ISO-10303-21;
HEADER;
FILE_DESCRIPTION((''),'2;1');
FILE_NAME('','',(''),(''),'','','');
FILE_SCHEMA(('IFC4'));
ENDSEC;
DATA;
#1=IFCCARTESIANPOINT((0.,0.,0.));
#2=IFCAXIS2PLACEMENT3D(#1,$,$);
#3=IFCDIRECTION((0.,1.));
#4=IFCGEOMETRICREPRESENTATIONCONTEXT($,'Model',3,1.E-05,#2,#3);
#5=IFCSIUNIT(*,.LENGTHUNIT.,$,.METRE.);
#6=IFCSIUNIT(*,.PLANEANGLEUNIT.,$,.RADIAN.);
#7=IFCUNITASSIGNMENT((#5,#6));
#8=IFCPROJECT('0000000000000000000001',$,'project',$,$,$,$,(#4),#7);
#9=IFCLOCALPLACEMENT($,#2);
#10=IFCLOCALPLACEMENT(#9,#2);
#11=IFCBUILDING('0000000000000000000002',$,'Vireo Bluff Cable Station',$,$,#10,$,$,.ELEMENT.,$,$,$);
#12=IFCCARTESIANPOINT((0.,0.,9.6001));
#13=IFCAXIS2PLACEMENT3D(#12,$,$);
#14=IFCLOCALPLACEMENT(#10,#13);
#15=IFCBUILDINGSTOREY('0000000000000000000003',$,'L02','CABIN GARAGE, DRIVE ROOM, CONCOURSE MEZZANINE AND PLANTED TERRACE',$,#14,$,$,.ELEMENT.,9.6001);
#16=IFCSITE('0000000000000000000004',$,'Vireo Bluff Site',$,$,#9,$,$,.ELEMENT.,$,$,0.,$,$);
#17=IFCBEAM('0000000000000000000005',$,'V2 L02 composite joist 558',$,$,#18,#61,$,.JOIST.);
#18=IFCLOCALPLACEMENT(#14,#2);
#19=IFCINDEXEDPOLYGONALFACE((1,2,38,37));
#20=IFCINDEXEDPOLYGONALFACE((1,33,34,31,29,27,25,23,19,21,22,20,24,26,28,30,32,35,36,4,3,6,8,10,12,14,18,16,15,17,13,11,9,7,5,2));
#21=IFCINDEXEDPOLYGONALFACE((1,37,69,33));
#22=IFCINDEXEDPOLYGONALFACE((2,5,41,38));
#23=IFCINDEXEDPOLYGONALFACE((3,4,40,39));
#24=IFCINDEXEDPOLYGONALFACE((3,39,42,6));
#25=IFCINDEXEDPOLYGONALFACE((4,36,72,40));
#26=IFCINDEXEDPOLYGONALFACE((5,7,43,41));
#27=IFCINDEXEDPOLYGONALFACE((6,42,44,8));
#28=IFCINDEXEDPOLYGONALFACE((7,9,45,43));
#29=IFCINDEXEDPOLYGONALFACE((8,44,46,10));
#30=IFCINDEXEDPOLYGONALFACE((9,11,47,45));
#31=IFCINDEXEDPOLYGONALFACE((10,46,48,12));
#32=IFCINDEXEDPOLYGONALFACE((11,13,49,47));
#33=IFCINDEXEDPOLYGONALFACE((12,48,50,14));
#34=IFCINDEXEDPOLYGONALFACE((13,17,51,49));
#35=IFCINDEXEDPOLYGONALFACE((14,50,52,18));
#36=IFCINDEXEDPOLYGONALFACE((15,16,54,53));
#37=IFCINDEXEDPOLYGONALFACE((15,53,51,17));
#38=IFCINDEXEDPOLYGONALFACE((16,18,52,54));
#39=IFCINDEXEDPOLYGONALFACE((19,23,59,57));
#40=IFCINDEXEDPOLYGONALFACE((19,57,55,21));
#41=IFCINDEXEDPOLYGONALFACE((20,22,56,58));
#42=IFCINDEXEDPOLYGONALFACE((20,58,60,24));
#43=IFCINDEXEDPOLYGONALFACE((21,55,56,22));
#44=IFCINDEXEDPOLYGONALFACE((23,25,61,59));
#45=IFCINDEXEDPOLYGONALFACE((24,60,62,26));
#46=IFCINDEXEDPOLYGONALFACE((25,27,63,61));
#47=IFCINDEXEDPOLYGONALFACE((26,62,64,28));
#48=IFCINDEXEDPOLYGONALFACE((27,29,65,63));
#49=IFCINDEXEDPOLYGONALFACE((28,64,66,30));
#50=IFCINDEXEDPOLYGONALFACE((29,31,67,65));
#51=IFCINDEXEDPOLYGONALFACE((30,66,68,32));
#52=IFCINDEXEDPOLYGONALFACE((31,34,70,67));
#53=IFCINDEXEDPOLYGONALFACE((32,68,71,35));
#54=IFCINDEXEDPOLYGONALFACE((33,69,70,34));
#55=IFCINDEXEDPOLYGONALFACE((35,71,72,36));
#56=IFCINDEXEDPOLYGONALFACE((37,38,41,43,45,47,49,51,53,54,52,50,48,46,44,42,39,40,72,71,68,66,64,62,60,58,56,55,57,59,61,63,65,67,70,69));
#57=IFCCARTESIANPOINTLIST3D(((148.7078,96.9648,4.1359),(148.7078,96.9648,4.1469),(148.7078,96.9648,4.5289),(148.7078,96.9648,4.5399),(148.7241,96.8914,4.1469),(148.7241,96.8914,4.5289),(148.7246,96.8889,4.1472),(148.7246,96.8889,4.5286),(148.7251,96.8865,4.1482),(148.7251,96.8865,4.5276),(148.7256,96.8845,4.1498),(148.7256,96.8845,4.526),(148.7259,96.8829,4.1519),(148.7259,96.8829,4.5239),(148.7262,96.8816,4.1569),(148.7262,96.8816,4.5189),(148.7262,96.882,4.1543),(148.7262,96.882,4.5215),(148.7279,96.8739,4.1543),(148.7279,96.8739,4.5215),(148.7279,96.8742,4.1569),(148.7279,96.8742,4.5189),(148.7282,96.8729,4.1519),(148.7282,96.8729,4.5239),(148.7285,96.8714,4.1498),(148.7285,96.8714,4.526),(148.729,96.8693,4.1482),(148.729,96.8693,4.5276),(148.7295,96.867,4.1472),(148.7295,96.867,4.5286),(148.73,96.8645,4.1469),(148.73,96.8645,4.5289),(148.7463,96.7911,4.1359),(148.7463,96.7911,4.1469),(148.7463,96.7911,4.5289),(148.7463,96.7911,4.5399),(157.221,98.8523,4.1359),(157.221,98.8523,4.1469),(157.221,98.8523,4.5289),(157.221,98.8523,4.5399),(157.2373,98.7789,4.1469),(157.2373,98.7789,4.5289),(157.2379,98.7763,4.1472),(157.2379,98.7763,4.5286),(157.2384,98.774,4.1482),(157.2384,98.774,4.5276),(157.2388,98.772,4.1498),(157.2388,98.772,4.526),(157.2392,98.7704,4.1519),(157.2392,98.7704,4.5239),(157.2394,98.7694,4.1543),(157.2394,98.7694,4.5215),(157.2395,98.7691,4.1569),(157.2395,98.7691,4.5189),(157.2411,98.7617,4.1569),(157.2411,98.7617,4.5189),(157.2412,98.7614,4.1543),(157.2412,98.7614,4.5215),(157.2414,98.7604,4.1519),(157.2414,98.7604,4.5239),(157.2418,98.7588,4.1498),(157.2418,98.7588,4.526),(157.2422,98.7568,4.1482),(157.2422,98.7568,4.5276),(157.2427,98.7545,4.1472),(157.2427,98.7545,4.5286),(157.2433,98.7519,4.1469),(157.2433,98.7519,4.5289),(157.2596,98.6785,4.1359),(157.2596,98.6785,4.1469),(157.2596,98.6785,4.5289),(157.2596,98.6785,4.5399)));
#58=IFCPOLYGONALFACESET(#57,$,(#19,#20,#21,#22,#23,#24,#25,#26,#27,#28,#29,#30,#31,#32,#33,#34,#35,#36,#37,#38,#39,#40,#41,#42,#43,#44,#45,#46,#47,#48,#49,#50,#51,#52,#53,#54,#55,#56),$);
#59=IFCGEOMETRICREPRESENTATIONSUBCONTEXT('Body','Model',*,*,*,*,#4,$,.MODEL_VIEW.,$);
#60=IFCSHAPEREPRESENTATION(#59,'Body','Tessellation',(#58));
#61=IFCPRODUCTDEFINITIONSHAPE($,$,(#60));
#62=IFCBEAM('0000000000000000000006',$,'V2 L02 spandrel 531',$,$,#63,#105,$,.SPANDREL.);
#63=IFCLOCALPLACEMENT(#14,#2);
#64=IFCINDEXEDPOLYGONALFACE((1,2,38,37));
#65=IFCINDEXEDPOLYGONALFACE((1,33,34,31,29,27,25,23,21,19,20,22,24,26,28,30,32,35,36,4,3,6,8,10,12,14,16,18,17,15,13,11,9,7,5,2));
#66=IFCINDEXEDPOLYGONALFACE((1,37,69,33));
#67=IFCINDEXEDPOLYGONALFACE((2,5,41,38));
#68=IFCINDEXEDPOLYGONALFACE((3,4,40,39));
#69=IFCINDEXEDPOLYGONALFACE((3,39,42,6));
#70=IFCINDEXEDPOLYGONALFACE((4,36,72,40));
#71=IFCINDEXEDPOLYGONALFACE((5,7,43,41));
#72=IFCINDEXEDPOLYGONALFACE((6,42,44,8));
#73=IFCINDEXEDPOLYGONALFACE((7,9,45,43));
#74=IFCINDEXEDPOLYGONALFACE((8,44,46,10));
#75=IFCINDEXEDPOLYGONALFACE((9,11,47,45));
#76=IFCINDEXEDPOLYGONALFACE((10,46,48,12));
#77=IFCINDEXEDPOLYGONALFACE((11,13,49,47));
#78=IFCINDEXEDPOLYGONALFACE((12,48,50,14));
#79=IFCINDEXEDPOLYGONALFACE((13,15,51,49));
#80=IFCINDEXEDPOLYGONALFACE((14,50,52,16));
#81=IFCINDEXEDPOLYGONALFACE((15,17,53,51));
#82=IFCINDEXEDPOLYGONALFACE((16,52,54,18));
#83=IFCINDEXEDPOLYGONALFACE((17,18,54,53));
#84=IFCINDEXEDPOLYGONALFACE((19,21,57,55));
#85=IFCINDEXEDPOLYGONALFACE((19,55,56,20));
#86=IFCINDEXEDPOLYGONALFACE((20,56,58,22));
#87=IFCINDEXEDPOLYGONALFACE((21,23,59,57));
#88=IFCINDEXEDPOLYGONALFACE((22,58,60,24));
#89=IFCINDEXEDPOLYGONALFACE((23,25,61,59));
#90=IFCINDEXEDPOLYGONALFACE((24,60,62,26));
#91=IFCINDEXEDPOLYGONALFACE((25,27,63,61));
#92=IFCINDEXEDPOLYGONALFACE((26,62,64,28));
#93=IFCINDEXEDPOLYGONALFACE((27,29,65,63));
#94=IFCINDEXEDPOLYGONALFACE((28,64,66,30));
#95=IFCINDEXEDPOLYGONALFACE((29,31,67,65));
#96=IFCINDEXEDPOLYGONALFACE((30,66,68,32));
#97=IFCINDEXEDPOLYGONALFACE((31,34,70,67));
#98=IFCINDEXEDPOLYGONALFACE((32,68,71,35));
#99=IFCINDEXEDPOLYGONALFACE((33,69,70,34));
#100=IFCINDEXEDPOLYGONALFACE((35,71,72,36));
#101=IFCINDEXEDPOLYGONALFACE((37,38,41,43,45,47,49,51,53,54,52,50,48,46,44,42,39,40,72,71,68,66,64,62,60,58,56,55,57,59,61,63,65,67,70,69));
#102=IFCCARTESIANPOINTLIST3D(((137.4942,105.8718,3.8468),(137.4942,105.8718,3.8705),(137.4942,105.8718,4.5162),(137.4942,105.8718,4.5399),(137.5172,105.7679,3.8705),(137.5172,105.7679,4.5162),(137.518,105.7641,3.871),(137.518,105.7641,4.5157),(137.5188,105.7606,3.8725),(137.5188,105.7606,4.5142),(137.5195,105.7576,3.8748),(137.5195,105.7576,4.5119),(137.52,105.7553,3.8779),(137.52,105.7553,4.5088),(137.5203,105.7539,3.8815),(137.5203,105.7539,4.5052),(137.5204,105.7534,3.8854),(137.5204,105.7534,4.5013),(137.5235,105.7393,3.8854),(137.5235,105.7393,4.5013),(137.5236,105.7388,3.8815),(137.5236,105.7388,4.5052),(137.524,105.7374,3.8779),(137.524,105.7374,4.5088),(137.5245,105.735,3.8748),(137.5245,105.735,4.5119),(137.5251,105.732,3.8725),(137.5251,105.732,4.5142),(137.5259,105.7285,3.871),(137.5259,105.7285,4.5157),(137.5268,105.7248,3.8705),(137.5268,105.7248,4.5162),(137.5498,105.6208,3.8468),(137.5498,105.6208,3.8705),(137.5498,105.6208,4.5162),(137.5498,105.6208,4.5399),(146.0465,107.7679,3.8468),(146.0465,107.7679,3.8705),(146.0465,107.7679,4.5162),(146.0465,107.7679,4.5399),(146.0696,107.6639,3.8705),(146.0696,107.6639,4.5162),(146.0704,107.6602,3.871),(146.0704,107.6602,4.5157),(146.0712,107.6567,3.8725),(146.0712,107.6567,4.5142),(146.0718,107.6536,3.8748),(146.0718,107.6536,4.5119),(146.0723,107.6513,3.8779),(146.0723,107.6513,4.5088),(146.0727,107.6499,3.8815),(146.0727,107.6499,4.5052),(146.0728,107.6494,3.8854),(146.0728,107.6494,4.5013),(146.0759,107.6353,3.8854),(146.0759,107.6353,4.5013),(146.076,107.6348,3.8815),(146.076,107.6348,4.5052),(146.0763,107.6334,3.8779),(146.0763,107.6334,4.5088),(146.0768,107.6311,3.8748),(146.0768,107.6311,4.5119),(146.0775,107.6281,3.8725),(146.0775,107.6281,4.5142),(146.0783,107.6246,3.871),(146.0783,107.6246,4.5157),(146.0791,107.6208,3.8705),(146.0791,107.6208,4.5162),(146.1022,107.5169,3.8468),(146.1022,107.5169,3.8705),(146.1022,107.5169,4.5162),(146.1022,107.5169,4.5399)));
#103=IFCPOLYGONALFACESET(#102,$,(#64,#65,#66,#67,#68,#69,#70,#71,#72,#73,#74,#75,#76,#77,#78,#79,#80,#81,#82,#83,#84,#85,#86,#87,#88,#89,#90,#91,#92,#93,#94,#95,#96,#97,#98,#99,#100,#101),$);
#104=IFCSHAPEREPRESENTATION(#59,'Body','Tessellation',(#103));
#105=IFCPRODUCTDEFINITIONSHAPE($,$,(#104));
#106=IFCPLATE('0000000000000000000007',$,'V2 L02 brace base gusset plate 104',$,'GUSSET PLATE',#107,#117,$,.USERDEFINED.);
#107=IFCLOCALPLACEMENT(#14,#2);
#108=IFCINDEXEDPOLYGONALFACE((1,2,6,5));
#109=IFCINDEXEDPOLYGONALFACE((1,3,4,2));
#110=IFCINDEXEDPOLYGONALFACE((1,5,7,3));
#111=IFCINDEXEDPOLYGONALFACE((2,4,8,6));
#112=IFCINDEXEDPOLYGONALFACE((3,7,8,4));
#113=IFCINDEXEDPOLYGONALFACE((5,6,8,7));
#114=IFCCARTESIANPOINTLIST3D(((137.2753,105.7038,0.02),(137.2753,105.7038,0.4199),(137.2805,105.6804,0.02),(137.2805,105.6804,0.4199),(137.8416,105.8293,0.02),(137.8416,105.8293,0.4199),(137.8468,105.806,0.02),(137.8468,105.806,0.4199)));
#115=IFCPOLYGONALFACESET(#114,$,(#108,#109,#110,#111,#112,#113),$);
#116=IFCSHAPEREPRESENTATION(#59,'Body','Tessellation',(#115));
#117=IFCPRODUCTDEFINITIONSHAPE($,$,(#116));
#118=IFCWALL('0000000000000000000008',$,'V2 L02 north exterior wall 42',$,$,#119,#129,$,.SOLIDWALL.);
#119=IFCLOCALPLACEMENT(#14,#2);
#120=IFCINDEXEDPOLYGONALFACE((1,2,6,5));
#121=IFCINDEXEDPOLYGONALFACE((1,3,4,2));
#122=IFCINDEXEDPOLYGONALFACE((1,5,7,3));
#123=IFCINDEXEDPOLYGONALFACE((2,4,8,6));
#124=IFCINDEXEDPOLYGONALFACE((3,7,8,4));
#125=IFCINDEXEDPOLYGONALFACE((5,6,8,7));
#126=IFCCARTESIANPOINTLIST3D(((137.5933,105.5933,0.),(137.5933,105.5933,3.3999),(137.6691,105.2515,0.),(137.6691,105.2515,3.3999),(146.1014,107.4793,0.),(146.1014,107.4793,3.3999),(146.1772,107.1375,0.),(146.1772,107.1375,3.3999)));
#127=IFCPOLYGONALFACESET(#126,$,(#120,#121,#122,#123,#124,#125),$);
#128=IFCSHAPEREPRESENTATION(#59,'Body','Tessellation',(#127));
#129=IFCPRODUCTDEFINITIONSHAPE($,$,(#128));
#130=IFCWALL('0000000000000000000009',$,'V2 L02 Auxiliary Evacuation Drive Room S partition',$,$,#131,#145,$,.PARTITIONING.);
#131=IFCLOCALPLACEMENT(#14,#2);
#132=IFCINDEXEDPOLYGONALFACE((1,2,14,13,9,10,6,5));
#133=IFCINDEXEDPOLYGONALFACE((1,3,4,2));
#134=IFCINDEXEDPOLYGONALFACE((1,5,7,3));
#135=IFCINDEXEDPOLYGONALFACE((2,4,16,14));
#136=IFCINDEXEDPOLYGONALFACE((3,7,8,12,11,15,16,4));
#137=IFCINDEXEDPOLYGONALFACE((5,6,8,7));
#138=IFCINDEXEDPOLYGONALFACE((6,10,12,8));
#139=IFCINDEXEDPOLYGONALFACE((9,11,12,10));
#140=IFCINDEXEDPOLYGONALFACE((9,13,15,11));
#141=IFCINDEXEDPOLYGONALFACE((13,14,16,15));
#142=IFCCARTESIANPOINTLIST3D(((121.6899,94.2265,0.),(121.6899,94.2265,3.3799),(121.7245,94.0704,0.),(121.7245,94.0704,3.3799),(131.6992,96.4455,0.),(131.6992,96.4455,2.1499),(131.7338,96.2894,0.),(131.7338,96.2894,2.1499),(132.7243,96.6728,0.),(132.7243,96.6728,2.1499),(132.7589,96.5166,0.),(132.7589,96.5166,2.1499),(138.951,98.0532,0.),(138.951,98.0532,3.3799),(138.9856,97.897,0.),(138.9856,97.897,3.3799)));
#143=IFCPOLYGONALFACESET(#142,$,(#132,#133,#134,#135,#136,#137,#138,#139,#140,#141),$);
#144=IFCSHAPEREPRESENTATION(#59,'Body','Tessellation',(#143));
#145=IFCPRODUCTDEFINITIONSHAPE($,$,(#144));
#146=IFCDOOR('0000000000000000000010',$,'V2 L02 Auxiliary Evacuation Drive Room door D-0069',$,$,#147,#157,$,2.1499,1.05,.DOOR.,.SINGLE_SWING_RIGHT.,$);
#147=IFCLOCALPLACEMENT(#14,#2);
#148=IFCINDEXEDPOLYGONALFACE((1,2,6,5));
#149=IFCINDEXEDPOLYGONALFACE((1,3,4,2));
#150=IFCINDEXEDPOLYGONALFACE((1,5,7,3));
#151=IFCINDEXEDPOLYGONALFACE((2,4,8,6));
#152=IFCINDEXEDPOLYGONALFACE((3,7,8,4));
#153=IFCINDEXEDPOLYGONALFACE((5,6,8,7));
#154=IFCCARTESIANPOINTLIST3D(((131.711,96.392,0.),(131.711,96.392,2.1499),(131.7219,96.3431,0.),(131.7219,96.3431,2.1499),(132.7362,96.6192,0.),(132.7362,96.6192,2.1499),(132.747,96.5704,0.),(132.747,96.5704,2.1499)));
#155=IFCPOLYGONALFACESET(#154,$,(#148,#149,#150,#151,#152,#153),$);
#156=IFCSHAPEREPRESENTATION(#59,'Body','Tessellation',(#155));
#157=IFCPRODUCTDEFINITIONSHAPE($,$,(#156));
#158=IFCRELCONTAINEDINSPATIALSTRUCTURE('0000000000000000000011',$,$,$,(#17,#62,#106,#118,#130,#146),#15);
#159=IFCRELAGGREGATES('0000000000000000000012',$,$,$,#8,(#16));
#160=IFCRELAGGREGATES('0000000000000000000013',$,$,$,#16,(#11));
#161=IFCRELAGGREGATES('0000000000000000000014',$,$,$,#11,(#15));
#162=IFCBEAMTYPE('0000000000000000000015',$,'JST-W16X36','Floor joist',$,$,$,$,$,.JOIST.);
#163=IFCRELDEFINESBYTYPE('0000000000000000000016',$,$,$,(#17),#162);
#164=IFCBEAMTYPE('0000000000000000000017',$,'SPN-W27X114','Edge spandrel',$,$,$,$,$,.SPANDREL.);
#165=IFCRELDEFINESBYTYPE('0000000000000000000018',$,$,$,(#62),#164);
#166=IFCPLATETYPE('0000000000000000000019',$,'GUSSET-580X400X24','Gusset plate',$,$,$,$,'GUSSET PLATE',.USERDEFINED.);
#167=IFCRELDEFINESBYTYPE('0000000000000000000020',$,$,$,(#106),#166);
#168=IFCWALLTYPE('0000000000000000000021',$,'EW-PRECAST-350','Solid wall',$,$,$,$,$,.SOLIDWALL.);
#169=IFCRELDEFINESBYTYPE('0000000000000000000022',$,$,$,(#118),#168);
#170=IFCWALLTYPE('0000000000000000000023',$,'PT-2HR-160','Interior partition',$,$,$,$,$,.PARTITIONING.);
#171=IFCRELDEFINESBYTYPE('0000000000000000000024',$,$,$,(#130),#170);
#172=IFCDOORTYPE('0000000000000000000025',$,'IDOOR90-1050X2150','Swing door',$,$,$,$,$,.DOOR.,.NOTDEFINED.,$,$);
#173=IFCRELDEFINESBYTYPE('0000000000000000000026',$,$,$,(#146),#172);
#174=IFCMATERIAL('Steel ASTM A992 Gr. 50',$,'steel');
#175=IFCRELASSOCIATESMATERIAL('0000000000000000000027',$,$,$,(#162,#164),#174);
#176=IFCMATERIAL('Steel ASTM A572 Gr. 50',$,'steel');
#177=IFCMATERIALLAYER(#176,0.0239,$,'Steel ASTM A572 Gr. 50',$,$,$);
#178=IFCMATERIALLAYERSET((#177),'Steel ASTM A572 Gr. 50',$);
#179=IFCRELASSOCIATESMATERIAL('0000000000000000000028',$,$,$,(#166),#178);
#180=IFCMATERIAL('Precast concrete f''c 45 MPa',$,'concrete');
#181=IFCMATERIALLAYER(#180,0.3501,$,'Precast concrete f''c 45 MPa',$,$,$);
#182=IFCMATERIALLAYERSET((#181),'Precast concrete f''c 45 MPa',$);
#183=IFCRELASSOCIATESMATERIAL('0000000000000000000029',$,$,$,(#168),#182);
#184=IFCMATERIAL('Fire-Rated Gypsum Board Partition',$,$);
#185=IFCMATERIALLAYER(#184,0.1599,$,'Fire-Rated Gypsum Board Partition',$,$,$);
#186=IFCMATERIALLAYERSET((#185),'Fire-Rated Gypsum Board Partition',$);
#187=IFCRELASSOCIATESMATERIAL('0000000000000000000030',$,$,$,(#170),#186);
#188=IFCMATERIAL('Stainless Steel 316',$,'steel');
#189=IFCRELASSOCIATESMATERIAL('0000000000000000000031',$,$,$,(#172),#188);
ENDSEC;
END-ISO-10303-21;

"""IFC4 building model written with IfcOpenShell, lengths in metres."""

from ifc_helpers import new_model, si_unit, direction, frame, frame_2d, origin, origin_with_axes, origin_2d, place, context, subcontext, project, spatial, rectangle, i_section, extrude, material, layer, layer_set, material_profile, profile_set, type_object, element, fill, save


model = new_model("IFC4")

# Units and contexts
model_context = context("Model", 3, precision=1e-05, world=origin(), true_north=direction((0.0, 1.0)))
body_context = subcontext(model_context, "Body", "Model", "MODEL_VIEW")
ifc_project = project(units=[si_unit("LENGTHUNIT", "METRE"), si_unit("PLANEANGLEUNIT", "RADIAN")], contexts=[model_context])

# Site, building, storey
site_placement = place(None, origin())
site = spatial("IfcSite", under=ifc_project, at=site_placement, Name="Vireo Bluff Site", CompositionType="ELEMENT", RefElevation=0.0)
building_placement = place(site_placement, origin())
building = spatial("IfcBuilding", under=site, at=building_placement, Name="Vireo Bluff Cable Station", CompositionType="ELEMENT")
storey_placement = place(building_placement, frame((0.0, 0.0, 9.6001)))
storey = spatial("IfcBuildingStorey", under=building, at=storey_placement, Name="L02", Description="CABIN GARAGE, DRIVE ROOM, CONCOURSE MEZZANINE AND PLANTED TERRACE", CompositionType="ELEMENT", Elevation=9.6001)

# Shared definitions
ifc_material_1 = material(Name="Steel ASTM A992 Gr. 50", Category="steel")

# Beams
ifc_material_profile_1 = material_profile(ifc_material_1, i_section(OverallWidth=0.178, OverallDepth=0.4041, WebThickness=0.0076, FlangeThickness=0.011, FilletRadius=0.01, at=origin_2d()), Name="W16X36")
ifc_profile_set_1 = profile_set([ifc_material_profile_1], Name="Steel ASTM A992 Gr. 50")
beam_type_1 = type_object("IfcBeamType", Name="JST-W16X36", Description="Floor joist", PredefinedType="JOIST", material=ifc_profile_set_1)
beam_1_placement = place(storey_placement, frame((148.7271, 96.8779, 4.3379), z_axis=(0.976293, 0.216453, 0.0), x_axis=(-0.216453, 0.976293, 0.0)))
element("IfcBeam", 1, at=beam_1_placement, inside=storey, type_object=beam_type_1, Name="V2 L02 composite joist 558", PredefinedType="JOIST", context=body_context, shape_type="SweptSolid", body=[
    extrude(i_section(OverallWidth=0.178, OverallDepth=0.4041, WebThickness=0.0076, FlangeThickness=0.011, FilletRadius=0.01, at=origin_2d()), origin(), (0.0, 0.0, 1.0), 8.72),
])
ifc_material_profile_2 = material_profile(ifc_material_1, i_section(OverallWidth=0.2571, OverallDepth=0.6931, WebThickness=0.0144, FlangeThickness=0.0237, FilletRadius=0.0149, at=origin_2d()), Name="W27X114")
ifc_profile_set_2 = profile_set([ifc_material_profile_2], Name="Steel ASTM A992 Gr. 50")
beam_type_2 = type_object("IfcBeamType", Name="SPN-W27X114", Description="Edge spandrel", PredefinedType="SPANDREL", material=ifc_profile_set_2)
beam_2_placement = place(storey_placement, frame((137.522, 105.7463, 4.1934), z_axis=(0.976296, 0.216441, 0.0), x_axis=(-0.216441, 0.976296, 0.0)))
element("IfcBeam", 2, at=beam_2_placement, inside=storey, type_object=beam_type_2, Name="V2 L02 spandrel 531", PredefinedType="SPANDREL", context=body_context, shape_type="SweptSolid", body=[
    extrude(i_section(OverallWidth=0.2571, OverallDepth=0.6931, WebThickness=0.0144, FlangeThickness=0.0237, FilletRadius=0.0149, at=origin_2d()), origin(), (0.0, 0.0, 1.0), 8.76),
])

# Plate
ifc_material_2 = material(Name="Steel ASTM A572 Gr. 50", Category="steel")
ifc_layer_1 = layer(ifc_material_2, 0.0239, Name="Steel ASTM A572 Gr. 50")
ifc_layer_set_1 = layer_set([ifc_layer_1], Name="Steel ASTM A572 Gr. 50")
plate_type = type_object("IfcPlateType", Name="GUSSET-580X400X24", Description="Gusset plate", ElementType="GUSSET PLATE", PredefinedType="USERDEFINED", material=ifc_layer_set_1)
plate_placement = place(storey_placement, frame((137.561, 105.7549, 0.02), z_axis=(0.0, 0.0, 1.0), x_axis=(0.976296, 0.21644, 0.0)))
element("IfcPlate", 3, at=plate_placement, inside=storey, type_object=plate_type, Name="V2 L02 brace base gusset plate 104", ObjectType="GUSSET PLATE", PredefinedType="USERDEFINED", context=body_context, shape_type="SweptSolid", body=[
    extrude(rectangle(XDim=0.5801, YDim=0.0239, at=origin_2d()), origin(), (0.0, 0.0, 1.0), 0.3999),
])

# Wall
ifc_material_3 = material(Name="Precast concrete f'c 45 MPa", Category="concrete")
ifc_layer_2 = layer(ifc_material_3, 0.3501, Name="Precast concrete f'c 45 MPa")
ifc_layer_set_2 = layer_set([ifc_layer_2], Name="Precast concrete f'c 45 MPa")
wall_type_1 = type_object("IfcWallType", Name="EW-PRECAST-350", Description="Solid wall", PredefinedType="SOLIDWALL", material=ifc_layer_set_2)
wall_1_placement = place(storey_placement, frame((137.6311, 105.4224, 0.0), z_axis=(0.0, 0.0, 1.0), x_axis=(0.976301, 0.216417, 0.0)))
element("IfcWall", 4, at=wall_1_placement, inside=storey, type_object=wall_type_1, Name="V2 L02 north exterior wall 42", PredefinedType="SOLIDWALL", context=body_context, shape_type="SweptSolid", body=[
    extrude(rectangle(XDim=8.7146, YDim=0.3501, at=frame_2d((4.3574, 0.0))), origin(), (0.0, 0.0, 1.0), 3.3999),
])

# Wall, opening, door
ifc_material_4 = material(Name="Fire-Rated Gypsum Board Partition")
ifc_layer_3 = layer(ifc_material_4, 0.1599, Name="Fire-Rated Gypsum Board Partition")
ifc_layer_set_3 = layer_set([ifc_layer_3], Name="Fire-Rated Gypsum Board Partition")
wall_type_2 = type_object("IfcWallType", Name="PT-2HR-160", Description="Interior partition", PredefinedType="PARTITIONING", material=ifc_layer_set_3)
wall_2_placement = place(storey_placement, frame((138.9683, 97.9751, 0.0), z_axis=(0.0, 0.0, 1.0), x_axis=(-0.976296, -0.216439, 0.0)))
wall_2 = element("IfcWall", 5, at=wall_2_placement, inside=storey, type_object=wall_type_2, Name="V2 L02 Auxiliary Evacuation Drive Room S partition", PredefinedType="PARTITIONING", context=body_context, shape_type="SweptSolid", body=[
    extrude(rectangle(XDim=17.6802, YDim=0.1599, at=frame_2d((8.8401, 0.0))), origin(), (0.0, 0.0, 1.0), 3.3799),
])
opening_1_placement = place(wall_2_placement, frame((6.3779, 0.0, 0.0)))
opening_1 = element("IfcOpeningElement", 6, at=opening_1_placement, cuts=wall_2, PredefinedType="OPENING", context=body_context, shape_type="SweptSolid", body=[
    extrude(rectangle(XDim=1.05, YDim=2.1499, at=frame_2d((0.5249, 1.075))), frame((0.0, 0.0898, 0.0), z_axis=(0.0, -1.0, 0.0), x_axis=(1.0, 0.0, 0.0)), (0.0, 0.0, 1.0), 0.1799),
])
ifc_material_5 = material(Name="Stainless Steel 316", Category="steel")
door_type_1 = type_object("IfcDoorType", Name="IDOOR90-1050X2150", Description="Swing door", OperationType="NOTDEFINED", PredefinedType="DOOR", material=ifc_material_5)
door_1_placement = place(opening_1_placement, origin_with_axes())
door_1 = element("IfcDoor", 7, at=door_1_placement, inside=storey, type_object=door_type_1, Name="V2 L02 Auxiliary Evacuation Drive Room door D-0069", OperationType="SINGLE_SWING_RIGHT", OverallHeight=2.1499, OverallWidth=1.05, PredefinedType="DOOR", context=body_context, shape_type="SweptSolid", body=[
    extrude(rectangle(XDim=1.05, YDim=2.1499, at=frame_2d((0.5249, 1.075))), frame((0.0, 0.0249, 0.0), z_axis=(0.0, -1.0, 0.0), x_axis=(1.0, 0.0, 0.0)), (0.0, 0.0, 1.0), 0.05),
])
fill(opening_1, door_1)

save(model, "model.ifc")
